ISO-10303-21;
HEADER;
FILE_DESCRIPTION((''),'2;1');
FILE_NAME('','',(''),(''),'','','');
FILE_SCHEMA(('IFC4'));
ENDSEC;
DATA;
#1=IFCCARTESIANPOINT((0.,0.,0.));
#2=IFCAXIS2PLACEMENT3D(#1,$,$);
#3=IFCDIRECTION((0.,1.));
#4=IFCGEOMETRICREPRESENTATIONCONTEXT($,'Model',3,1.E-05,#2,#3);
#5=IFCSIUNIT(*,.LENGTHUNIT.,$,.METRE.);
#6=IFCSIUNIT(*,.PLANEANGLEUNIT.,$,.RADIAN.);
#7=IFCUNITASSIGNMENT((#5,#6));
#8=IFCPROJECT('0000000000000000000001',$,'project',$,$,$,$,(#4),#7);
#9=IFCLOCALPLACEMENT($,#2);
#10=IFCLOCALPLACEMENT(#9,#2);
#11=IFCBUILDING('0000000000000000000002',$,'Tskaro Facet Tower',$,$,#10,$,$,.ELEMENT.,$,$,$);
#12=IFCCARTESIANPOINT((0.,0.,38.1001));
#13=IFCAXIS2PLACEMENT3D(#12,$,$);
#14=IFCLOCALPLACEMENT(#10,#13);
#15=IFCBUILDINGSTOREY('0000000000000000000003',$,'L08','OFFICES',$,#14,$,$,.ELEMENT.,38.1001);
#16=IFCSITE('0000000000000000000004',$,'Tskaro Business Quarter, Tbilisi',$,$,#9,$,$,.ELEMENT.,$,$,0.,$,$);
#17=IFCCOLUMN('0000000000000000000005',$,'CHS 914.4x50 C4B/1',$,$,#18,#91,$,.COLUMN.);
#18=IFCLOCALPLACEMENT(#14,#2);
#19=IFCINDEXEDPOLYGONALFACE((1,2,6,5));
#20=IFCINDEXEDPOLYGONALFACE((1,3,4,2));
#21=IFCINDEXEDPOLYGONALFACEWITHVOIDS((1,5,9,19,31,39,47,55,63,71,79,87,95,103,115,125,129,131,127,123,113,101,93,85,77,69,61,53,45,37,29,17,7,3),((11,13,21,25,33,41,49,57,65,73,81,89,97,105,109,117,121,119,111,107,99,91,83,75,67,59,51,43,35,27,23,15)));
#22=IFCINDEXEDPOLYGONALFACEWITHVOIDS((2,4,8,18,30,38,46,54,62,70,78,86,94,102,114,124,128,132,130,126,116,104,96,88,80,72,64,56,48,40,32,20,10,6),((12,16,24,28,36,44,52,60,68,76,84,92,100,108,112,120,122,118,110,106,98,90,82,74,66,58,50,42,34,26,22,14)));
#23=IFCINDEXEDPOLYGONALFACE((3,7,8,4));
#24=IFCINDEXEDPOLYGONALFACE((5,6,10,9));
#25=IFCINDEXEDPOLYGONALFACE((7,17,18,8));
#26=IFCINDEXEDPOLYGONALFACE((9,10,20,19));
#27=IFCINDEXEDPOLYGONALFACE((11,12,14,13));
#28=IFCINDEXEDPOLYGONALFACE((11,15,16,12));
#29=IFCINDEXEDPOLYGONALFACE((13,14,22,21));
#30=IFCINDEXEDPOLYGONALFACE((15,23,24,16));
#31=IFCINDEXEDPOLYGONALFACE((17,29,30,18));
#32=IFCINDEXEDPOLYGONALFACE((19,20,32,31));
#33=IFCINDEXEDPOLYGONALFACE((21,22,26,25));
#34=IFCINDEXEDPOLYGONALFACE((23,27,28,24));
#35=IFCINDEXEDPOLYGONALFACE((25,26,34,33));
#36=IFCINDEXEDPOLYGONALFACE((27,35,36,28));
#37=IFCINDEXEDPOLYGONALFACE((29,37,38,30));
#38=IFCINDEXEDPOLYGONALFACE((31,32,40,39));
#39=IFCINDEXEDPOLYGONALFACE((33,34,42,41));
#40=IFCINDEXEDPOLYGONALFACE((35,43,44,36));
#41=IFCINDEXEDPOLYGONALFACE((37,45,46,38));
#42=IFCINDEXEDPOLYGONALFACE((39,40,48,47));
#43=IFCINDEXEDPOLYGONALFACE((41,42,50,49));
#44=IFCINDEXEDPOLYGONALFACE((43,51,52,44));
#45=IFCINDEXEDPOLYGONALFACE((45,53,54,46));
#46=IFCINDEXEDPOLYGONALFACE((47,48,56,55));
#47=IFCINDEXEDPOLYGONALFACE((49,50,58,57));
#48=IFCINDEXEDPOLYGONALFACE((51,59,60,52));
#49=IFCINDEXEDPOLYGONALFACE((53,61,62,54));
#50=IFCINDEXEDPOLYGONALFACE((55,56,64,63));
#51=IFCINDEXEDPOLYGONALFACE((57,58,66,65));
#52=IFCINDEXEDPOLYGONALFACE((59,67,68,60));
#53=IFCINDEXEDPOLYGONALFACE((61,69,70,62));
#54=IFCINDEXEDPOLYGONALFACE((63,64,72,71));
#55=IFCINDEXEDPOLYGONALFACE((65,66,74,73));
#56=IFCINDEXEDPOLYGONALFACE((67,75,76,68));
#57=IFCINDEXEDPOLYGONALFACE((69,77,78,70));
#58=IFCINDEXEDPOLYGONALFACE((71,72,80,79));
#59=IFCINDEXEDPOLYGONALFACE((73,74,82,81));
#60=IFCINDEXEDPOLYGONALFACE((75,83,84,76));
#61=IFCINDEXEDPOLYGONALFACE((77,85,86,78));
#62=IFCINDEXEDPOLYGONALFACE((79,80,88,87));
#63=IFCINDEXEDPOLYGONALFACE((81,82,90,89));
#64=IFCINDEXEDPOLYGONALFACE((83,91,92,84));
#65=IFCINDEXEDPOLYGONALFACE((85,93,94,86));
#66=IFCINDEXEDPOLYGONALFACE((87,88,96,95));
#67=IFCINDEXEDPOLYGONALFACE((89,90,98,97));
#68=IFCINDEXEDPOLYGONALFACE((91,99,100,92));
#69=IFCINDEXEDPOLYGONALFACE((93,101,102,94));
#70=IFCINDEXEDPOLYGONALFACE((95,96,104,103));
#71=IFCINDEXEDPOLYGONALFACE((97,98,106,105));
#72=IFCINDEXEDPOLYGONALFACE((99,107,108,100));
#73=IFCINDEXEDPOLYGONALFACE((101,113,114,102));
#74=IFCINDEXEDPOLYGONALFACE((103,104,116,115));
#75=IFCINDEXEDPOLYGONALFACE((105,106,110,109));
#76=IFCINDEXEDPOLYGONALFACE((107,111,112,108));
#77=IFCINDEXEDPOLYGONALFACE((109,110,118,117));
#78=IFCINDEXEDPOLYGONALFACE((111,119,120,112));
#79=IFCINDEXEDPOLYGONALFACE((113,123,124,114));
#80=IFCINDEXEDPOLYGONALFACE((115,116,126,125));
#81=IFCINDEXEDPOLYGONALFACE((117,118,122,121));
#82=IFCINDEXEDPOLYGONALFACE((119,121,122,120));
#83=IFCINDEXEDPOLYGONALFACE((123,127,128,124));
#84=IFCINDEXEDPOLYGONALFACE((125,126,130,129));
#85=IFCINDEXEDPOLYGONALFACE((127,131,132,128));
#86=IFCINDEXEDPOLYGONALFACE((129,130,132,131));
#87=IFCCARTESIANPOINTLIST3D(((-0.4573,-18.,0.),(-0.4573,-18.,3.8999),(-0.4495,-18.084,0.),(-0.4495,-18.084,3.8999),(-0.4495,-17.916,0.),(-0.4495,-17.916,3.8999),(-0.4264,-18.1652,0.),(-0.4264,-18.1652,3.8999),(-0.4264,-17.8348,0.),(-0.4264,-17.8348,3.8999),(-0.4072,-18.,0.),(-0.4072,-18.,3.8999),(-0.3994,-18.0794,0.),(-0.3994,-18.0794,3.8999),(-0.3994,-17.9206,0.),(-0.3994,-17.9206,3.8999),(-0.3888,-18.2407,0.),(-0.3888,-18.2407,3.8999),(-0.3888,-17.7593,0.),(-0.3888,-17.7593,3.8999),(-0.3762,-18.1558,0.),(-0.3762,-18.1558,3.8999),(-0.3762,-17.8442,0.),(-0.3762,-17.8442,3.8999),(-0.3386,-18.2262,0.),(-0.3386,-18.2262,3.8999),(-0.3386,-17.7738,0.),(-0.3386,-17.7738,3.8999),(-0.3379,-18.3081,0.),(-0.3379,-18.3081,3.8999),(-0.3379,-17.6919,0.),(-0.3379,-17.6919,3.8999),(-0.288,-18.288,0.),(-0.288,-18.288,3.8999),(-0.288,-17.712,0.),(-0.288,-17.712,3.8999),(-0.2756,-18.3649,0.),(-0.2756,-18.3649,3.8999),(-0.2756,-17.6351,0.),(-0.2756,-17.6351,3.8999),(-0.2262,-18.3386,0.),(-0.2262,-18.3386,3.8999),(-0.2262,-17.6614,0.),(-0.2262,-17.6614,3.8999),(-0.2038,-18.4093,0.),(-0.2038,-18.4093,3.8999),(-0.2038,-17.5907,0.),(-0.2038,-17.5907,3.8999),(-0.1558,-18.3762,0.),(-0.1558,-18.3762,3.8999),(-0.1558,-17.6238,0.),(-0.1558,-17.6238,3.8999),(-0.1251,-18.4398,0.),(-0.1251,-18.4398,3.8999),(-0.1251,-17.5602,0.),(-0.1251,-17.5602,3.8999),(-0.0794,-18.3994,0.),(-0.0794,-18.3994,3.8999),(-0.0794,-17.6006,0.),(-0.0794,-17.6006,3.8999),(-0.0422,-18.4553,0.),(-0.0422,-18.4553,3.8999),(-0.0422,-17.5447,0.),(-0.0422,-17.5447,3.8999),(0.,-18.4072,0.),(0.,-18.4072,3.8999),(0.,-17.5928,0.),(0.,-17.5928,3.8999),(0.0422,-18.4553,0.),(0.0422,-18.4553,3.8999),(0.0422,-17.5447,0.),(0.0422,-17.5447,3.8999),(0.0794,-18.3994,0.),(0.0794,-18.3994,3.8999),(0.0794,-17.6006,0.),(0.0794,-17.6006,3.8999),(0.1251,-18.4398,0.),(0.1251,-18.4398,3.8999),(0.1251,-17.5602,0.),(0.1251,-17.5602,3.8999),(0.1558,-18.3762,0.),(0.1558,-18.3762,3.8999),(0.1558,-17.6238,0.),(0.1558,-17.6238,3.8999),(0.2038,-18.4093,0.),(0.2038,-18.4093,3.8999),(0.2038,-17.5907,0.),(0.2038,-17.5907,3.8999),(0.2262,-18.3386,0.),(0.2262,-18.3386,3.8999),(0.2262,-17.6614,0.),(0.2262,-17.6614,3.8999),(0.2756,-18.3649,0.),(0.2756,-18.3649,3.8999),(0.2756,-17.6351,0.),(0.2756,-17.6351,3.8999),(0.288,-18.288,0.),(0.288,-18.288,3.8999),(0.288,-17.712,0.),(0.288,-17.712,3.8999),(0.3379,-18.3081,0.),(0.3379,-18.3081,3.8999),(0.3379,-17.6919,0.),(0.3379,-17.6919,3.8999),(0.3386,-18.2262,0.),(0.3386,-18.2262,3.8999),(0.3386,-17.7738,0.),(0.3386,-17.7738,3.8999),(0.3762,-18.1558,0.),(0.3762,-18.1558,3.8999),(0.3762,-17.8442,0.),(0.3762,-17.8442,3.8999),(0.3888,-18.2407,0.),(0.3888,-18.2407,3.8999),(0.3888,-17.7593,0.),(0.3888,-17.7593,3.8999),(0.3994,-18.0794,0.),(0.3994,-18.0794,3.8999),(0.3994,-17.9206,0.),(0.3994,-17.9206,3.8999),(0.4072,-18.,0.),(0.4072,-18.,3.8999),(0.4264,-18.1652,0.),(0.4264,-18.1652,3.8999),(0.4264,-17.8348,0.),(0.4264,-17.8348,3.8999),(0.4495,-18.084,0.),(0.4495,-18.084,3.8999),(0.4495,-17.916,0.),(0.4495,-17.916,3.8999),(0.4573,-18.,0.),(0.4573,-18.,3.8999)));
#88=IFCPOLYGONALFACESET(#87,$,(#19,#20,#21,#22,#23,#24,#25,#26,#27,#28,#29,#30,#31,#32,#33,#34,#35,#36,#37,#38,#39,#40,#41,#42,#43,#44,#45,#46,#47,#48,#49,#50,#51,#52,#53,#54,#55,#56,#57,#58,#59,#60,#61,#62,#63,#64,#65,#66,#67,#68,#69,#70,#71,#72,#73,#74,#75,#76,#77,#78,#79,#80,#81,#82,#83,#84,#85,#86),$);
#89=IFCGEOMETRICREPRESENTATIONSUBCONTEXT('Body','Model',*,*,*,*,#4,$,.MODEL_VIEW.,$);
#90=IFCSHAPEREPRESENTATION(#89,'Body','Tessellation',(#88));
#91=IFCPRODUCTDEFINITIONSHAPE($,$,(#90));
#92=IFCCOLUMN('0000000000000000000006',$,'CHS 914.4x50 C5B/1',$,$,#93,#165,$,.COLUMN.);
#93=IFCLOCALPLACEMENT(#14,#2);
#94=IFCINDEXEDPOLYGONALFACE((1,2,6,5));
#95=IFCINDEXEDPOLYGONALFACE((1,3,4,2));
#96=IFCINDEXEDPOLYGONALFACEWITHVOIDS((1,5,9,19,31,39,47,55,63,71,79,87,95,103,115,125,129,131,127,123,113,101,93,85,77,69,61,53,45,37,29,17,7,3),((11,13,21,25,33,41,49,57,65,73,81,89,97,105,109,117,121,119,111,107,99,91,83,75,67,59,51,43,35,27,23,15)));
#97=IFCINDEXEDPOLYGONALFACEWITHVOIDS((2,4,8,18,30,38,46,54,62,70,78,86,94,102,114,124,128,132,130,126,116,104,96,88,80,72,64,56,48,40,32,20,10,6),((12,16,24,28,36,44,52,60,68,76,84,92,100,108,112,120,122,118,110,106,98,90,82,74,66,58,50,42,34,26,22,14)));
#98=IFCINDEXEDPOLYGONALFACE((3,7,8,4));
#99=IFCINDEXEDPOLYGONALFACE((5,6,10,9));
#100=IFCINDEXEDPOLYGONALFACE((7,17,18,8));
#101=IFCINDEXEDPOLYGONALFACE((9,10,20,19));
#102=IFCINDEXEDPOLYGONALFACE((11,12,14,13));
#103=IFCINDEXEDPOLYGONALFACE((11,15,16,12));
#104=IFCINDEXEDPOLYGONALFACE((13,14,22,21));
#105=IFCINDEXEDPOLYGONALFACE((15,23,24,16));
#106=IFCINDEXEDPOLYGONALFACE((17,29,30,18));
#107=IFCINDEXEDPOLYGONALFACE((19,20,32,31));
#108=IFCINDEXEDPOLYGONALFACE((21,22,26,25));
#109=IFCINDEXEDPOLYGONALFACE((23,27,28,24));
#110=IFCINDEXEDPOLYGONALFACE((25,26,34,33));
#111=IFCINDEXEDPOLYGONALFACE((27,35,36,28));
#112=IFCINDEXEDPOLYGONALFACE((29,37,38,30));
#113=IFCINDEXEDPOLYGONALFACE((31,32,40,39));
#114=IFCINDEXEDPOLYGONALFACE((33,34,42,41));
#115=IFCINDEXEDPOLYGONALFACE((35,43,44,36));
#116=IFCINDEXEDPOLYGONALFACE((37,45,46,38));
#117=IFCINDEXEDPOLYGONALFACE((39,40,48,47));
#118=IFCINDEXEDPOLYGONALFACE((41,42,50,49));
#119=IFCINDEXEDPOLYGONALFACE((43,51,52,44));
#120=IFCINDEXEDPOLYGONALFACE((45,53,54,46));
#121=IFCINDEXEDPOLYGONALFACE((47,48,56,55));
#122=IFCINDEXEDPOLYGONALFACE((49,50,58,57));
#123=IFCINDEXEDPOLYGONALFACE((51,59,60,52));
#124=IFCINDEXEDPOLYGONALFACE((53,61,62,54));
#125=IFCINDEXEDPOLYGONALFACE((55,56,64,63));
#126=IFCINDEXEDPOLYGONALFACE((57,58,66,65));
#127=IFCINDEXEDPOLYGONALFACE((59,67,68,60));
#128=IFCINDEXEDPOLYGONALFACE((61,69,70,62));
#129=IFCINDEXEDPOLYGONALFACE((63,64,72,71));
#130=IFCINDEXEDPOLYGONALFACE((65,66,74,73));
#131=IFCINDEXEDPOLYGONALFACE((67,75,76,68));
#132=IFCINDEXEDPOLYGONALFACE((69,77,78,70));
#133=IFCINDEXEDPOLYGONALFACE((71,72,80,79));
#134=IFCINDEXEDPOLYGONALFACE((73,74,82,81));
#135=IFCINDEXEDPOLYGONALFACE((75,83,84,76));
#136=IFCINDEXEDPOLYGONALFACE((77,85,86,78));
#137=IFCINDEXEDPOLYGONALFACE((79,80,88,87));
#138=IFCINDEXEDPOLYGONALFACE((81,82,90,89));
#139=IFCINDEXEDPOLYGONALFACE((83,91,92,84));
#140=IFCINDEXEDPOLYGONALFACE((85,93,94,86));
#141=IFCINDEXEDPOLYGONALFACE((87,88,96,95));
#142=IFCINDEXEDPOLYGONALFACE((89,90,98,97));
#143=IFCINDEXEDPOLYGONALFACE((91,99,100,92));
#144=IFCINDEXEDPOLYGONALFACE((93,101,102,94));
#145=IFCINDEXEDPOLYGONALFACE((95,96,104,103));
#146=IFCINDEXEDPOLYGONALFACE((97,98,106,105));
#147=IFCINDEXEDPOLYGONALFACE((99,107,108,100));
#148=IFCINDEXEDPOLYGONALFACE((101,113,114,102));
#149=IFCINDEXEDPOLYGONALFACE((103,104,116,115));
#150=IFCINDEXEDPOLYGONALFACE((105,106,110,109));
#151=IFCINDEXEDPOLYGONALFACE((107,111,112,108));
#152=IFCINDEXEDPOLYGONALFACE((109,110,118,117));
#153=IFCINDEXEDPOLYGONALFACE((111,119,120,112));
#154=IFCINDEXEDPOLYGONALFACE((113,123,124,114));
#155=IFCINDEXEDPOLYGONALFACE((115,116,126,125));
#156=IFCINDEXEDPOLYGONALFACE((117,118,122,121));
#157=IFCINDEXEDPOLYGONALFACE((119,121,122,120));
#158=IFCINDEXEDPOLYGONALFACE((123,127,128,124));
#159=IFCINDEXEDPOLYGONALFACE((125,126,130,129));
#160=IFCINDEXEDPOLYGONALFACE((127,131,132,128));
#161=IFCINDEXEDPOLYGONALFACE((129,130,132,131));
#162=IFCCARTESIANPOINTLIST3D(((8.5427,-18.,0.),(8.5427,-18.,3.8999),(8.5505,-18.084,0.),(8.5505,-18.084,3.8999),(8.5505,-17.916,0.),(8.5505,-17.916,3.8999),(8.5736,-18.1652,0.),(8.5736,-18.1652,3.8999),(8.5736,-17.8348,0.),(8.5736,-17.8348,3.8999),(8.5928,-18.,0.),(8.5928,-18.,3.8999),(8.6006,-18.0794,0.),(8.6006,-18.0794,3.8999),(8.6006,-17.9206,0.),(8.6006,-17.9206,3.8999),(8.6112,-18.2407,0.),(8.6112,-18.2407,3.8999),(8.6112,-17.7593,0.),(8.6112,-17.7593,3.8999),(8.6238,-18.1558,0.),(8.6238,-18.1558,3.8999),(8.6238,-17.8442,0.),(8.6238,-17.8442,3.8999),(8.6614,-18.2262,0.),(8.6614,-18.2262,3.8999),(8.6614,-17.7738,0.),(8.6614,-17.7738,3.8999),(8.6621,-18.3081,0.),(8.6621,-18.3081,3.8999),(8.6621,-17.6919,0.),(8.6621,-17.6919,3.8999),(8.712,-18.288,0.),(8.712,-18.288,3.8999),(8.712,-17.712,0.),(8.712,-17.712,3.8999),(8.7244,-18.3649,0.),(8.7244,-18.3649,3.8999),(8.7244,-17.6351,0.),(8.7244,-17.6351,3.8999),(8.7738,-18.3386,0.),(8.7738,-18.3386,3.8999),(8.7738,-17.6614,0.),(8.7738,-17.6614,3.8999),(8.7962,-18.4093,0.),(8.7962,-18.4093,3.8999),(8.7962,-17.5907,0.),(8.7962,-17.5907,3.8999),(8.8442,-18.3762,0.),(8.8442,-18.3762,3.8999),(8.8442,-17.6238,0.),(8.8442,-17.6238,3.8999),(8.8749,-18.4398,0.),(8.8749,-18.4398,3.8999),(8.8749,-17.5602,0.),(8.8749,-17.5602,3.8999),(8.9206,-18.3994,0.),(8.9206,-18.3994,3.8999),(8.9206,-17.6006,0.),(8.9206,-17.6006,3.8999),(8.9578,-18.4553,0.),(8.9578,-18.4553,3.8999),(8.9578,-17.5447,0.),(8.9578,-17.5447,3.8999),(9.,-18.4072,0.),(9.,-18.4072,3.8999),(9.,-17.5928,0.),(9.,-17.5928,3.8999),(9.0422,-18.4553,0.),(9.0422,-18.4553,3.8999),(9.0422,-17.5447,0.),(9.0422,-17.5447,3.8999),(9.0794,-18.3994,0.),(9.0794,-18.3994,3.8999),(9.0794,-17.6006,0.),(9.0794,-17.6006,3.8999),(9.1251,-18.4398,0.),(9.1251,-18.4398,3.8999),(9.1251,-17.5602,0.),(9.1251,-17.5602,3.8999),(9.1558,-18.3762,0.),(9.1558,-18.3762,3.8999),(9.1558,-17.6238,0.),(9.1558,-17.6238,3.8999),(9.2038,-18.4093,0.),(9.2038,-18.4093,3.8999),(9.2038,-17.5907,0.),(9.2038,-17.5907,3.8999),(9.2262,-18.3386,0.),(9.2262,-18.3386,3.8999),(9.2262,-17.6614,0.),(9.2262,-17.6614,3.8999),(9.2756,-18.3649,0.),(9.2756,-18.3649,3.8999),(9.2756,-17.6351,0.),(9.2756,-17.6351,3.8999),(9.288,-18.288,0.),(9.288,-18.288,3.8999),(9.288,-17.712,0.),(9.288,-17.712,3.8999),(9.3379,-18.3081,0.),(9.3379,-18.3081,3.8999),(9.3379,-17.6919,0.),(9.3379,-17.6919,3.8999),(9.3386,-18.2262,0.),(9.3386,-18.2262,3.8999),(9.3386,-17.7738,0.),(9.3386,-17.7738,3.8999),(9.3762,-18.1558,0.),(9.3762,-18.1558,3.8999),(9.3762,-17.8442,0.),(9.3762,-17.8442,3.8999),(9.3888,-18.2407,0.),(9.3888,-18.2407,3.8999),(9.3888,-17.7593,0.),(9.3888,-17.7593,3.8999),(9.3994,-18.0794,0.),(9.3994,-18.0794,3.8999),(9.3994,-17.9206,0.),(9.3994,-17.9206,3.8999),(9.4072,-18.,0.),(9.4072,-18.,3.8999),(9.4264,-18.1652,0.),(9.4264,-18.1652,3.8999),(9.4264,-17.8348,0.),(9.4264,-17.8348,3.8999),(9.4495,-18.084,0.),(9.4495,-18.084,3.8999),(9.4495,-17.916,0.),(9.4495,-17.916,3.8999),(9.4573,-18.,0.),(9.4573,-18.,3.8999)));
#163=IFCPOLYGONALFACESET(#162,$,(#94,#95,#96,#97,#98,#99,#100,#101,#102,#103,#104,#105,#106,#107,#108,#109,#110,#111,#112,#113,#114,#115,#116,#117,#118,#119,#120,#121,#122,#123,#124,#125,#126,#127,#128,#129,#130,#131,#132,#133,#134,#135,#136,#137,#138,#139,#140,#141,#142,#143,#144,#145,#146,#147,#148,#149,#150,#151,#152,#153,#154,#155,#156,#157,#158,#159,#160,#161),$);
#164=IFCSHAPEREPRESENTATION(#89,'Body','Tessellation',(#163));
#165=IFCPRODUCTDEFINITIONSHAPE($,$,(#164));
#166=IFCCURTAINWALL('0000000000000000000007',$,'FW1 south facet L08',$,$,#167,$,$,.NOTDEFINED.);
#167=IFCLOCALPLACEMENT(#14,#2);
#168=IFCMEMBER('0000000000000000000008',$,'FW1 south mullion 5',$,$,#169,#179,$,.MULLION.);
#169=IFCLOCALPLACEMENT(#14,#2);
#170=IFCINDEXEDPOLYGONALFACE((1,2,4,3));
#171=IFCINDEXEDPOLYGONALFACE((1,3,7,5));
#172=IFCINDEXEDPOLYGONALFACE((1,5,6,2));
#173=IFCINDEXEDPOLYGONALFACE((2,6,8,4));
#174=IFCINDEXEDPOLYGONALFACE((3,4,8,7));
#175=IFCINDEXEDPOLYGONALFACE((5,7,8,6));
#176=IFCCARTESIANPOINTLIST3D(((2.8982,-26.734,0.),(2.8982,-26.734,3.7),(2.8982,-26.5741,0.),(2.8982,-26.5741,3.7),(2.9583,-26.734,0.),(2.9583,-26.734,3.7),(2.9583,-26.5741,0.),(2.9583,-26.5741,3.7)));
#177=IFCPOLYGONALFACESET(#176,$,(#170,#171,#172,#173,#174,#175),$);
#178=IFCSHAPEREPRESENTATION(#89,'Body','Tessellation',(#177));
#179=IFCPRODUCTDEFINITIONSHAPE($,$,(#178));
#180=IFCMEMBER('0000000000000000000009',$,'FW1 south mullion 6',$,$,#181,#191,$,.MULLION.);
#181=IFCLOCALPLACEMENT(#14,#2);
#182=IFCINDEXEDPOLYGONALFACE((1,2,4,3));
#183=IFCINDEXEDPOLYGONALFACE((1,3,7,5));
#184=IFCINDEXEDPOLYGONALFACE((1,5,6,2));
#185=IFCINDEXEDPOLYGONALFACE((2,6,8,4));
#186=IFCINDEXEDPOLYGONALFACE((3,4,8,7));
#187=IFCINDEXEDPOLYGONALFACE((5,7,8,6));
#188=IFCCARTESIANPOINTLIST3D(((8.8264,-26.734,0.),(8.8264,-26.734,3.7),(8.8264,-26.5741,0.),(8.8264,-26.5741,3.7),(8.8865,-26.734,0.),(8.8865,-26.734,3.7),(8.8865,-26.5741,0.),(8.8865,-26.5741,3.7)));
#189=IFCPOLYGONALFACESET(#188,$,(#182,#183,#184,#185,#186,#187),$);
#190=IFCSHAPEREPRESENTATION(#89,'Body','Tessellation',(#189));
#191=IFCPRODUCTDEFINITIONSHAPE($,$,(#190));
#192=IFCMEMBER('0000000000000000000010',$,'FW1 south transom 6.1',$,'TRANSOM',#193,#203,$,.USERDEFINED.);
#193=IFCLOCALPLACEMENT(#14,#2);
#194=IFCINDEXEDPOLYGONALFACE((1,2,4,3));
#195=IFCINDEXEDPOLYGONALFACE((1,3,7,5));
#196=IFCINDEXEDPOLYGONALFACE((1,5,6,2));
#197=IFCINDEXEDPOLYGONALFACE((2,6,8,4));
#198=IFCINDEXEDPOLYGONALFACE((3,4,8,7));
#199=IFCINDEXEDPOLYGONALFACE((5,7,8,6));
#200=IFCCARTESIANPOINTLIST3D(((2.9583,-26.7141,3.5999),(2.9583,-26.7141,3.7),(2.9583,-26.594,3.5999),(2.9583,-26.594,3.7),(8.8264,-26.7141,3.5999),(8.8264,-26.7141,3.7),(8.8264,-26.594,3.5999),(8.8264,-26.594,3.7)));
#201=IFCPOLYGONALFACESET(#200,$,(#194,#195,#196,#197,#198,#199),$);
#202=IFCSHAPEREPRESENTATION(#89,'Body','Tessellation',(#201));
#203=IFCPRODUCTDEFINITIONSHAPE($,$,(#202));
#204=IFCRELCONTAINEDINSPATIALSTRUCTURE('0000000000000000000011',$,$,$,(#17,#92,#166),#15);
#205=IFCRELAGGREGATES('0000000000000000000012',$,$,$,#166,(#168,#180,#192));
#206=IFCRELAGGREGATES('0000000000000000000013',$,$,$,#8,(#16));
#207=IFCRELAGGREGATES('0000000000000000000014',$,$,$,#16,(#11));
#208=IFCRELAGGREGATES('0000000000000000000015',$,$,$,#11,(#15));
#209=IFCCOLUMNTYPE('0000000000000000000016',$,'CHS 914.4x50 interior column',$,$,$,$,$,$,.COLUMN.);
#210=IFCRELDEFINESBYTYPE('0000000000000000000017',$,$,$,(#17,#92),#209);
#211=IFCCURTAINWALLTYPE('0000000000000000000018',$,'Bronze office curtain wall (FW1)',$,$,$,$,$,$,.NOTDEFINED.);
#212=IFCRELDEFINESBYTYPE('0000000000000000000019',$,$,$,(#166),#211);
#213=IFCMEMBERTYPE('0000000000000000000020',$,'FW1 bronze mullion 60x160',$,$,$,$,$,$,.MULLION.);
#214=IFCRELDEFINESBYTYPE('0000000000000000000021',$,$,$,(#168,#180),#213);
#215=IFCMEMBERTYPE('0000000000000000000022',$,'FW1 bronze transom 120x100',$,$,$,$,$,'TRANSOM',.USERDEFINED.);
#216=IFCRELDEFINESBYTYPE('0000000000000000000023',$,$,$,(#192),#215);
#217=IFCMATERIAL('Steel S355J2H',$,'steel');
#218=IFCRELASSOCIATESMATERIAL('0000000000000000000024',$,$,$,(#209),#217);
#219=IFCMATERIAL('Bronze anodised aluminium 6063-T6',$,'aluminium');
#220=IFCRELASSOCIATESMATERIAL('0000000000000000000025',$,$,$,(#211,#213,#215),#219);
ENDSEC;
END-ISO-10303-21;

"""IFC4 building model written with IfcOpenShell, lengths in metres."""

from ifc_helpers import new_model, si_unit, direction, frame, origin, origin_2d, place, context, subcontext, project, spatial, rectangle, hollow_circle, extrude, material, material_profile, profile_set, type_object, element, aggregate, save


model = new_model("IFC4")

# Units and contexts
model_context = context("Model", 3, precision=1e-05, world=origin(), true_north=direction((0.0, 1.0)))
body_context = subcontext(model_context, "Body", "Model", "MODEL_VIEW")
ifc_project = project(units=[si_unit("LENGTHUNIT", "METRE"), si_unit("PLANEANGLEUNIT", "RADIAN")], contexts=[model_context])

# Site, building, storey
site_placement = place(None, origin())
site = spatial("IfcSite", under=ifc_project, at=site_placement, Name="Tskaro Business Quarter, Tbilisi", CompositionType="ELEMENT", RefElevation=0.0)
building_placement = place(site_placement, origin())
building = spatial("IfcBuilding", under=site, at=building_placement, Name="Tskaro Facet Tower", CompositionType="ELEMENT")
storey_placement = place(building_placement, frame((0.0, 0.0, 38.1001)))
storey = spatial("IfcBuildingStorey", under=building, at=storey_placement, Name="L08", Description="OFFICES", CompositionType="ELEMENT", Elevation=38.1001)

# Columns
ifc_material_1 = material(Name="Steel S355J2H", Category="steel")
ifc_material_profile_1 = material_profile(ifc_material_1, hollow_circle(Radius=0.4573, WallThickness=0.05, at=origin_2d()), Name="CHS 914.4x50")
ifc_profile_set_1 = profile_set([ifc_material_profile_1], Name="Steel S355J2H")
column_type_1 = type_object("IfcColumnType", Name="CHS 914.4x50 interior column", PredefinedType="COLUMN", material=ifc_profile_set_1)
for number, where, z_axis, x_axis, name in (
    (1, (0.0, -18.0, 0.0), (0.0, 0.0, 1.0), (1.0, 0.0, 0.0), "CHS 914.4x50 C4B/1"),
    (2, (9.0, -18.0, 0.0), (0.0, 0.0, 1.0), (1.0, 0.0, 0.0), "CHS 914.4x50 C5B/1"),
):
    element("IfcColumn", number, at=place(storey_placement, frame(where, z_axis=z_axis, x_axis=x_axis)), inside=storey, type_object=column_type_1, Name=name, PredefinedType="COLUMN", context=body_context, shape_type="SweptSolid", body=[
        extrude(hollow_circle(Radius=0.4573, WallThickness=0.05, at=origin_2d()), origin(), (0.0, 0.0, 1.0), 3.8999),
    ])

# Curtain wall, members
ifc_material_2 = material(Name="Bronze anodised aluminium 6063-T6", Category="aluminium")
curtain_wall_type = type_object("IfcCurtainWallType", Name="Bronze office curtain wall (FW1)", PredefinedType="NOTDEFINED", material=ifc_material_2)
curtain_wall_placement = place(storey_placement, origin())
curtain_wall = element("IfcCurtainWall", 3, at=curtain_wall_placement, inside=storey, type_object=curtain_wall_type, Name="FW1 south facet L08", PredefinedType="NOTDEFINED")
ifc_material_profile_2 = material_profile(ifc_material_2, rectangle(XDim=0.0601, YDim=0.1599, at=origin_2d()), Name="Mullion 60x160")
ifc_profile_set_2 = profile_set([ifc_material_profile_2], Name="Bronze anodised aluminium 6063-T6")
member_type_1 = type_object("IfcMemberType", Name="FW1 bronze mullion 60x160", PredefinedType="MULLION", material=ifc_profile_set_2)
member_1_placement = place(storey_placement, frame((2.9282, -26.6541, 0.0), z_axis=(0.0, 0.0, 1.0), x_axis=(1.0, 0.0, 0.0)))
member_1 = element("IfcMember", 4, at=member_1_placement, type_object=member_type_1, Name="FW1 south mullion 5", PredefinedType="MULLION", context=body_context, shape_type="SweptSolid", body=[
    extrude(rectangle(XDim=0.0601, YDim=0.1599, at=origin_2d()), origin(), (0.0, 0.0, 1.0), 3.7),
])
member_2_placement = place(storey_placement, frame((8.8564, -26.6541, 0.0), z_axis=(0.0, 0.0, 1.0), x_axis=(1.0, 0.0, 0.0)))
member_2 = element("IfcMember", 5, at=member_2_placement, type_object=member_type_1, Name="FW1 south mullion 6", PredefinedType="MULLION", context=body_context, shape_type="SweptSolid", body=[
    extrude(rectangle(XDim=0.0601, YDim=0.1599, at=origin_2d()), origin(), (0.0, 0.0, 1.0), 3.7),
])
ifc_material_profile_3 = material_profile(ifc_material_2, rectangle(XDim=0.1201, YDim=0.1001, at=origin_2d()), Name="Transom 120x100")
ifc_profile_set_3 = profile_set([ifc_material_profile_3], Name="Bronze anodised aluminium 6063-T6")
member_type_2 = type_object("IfcMemberType", Name="FW1 bronze transom 120x100", ElementType="TRANSOM", PredefinedType="USERDEFINED", material=ifc_profile_set_3)
member_3_placement = place(storey_placement, frame((2.9583, -26.6541, 3.6499), z_axis=(1.0, 0.0, 0.0), x_axis=(0.0, 1.0, 0.0)))
member_3 = element("IfcMember", 6, at=member_3_placement, type_object=member_type_2, Name="FW1 south transom 6.1", ObjectType="TRANSOM", PredefinedType="USERDEFINED", context=body_context, shape_type="SweptSolid", body=[
    extrude(rectangle(XDim=0.1201, YDim=0.1001, at=origin_2d()), origin(), (0.0, 0.0, 1.0), 5.8682),
])

aggregate(curtain_wall, [member_1, member_2, member_3])

save(model, "model.ifc")
